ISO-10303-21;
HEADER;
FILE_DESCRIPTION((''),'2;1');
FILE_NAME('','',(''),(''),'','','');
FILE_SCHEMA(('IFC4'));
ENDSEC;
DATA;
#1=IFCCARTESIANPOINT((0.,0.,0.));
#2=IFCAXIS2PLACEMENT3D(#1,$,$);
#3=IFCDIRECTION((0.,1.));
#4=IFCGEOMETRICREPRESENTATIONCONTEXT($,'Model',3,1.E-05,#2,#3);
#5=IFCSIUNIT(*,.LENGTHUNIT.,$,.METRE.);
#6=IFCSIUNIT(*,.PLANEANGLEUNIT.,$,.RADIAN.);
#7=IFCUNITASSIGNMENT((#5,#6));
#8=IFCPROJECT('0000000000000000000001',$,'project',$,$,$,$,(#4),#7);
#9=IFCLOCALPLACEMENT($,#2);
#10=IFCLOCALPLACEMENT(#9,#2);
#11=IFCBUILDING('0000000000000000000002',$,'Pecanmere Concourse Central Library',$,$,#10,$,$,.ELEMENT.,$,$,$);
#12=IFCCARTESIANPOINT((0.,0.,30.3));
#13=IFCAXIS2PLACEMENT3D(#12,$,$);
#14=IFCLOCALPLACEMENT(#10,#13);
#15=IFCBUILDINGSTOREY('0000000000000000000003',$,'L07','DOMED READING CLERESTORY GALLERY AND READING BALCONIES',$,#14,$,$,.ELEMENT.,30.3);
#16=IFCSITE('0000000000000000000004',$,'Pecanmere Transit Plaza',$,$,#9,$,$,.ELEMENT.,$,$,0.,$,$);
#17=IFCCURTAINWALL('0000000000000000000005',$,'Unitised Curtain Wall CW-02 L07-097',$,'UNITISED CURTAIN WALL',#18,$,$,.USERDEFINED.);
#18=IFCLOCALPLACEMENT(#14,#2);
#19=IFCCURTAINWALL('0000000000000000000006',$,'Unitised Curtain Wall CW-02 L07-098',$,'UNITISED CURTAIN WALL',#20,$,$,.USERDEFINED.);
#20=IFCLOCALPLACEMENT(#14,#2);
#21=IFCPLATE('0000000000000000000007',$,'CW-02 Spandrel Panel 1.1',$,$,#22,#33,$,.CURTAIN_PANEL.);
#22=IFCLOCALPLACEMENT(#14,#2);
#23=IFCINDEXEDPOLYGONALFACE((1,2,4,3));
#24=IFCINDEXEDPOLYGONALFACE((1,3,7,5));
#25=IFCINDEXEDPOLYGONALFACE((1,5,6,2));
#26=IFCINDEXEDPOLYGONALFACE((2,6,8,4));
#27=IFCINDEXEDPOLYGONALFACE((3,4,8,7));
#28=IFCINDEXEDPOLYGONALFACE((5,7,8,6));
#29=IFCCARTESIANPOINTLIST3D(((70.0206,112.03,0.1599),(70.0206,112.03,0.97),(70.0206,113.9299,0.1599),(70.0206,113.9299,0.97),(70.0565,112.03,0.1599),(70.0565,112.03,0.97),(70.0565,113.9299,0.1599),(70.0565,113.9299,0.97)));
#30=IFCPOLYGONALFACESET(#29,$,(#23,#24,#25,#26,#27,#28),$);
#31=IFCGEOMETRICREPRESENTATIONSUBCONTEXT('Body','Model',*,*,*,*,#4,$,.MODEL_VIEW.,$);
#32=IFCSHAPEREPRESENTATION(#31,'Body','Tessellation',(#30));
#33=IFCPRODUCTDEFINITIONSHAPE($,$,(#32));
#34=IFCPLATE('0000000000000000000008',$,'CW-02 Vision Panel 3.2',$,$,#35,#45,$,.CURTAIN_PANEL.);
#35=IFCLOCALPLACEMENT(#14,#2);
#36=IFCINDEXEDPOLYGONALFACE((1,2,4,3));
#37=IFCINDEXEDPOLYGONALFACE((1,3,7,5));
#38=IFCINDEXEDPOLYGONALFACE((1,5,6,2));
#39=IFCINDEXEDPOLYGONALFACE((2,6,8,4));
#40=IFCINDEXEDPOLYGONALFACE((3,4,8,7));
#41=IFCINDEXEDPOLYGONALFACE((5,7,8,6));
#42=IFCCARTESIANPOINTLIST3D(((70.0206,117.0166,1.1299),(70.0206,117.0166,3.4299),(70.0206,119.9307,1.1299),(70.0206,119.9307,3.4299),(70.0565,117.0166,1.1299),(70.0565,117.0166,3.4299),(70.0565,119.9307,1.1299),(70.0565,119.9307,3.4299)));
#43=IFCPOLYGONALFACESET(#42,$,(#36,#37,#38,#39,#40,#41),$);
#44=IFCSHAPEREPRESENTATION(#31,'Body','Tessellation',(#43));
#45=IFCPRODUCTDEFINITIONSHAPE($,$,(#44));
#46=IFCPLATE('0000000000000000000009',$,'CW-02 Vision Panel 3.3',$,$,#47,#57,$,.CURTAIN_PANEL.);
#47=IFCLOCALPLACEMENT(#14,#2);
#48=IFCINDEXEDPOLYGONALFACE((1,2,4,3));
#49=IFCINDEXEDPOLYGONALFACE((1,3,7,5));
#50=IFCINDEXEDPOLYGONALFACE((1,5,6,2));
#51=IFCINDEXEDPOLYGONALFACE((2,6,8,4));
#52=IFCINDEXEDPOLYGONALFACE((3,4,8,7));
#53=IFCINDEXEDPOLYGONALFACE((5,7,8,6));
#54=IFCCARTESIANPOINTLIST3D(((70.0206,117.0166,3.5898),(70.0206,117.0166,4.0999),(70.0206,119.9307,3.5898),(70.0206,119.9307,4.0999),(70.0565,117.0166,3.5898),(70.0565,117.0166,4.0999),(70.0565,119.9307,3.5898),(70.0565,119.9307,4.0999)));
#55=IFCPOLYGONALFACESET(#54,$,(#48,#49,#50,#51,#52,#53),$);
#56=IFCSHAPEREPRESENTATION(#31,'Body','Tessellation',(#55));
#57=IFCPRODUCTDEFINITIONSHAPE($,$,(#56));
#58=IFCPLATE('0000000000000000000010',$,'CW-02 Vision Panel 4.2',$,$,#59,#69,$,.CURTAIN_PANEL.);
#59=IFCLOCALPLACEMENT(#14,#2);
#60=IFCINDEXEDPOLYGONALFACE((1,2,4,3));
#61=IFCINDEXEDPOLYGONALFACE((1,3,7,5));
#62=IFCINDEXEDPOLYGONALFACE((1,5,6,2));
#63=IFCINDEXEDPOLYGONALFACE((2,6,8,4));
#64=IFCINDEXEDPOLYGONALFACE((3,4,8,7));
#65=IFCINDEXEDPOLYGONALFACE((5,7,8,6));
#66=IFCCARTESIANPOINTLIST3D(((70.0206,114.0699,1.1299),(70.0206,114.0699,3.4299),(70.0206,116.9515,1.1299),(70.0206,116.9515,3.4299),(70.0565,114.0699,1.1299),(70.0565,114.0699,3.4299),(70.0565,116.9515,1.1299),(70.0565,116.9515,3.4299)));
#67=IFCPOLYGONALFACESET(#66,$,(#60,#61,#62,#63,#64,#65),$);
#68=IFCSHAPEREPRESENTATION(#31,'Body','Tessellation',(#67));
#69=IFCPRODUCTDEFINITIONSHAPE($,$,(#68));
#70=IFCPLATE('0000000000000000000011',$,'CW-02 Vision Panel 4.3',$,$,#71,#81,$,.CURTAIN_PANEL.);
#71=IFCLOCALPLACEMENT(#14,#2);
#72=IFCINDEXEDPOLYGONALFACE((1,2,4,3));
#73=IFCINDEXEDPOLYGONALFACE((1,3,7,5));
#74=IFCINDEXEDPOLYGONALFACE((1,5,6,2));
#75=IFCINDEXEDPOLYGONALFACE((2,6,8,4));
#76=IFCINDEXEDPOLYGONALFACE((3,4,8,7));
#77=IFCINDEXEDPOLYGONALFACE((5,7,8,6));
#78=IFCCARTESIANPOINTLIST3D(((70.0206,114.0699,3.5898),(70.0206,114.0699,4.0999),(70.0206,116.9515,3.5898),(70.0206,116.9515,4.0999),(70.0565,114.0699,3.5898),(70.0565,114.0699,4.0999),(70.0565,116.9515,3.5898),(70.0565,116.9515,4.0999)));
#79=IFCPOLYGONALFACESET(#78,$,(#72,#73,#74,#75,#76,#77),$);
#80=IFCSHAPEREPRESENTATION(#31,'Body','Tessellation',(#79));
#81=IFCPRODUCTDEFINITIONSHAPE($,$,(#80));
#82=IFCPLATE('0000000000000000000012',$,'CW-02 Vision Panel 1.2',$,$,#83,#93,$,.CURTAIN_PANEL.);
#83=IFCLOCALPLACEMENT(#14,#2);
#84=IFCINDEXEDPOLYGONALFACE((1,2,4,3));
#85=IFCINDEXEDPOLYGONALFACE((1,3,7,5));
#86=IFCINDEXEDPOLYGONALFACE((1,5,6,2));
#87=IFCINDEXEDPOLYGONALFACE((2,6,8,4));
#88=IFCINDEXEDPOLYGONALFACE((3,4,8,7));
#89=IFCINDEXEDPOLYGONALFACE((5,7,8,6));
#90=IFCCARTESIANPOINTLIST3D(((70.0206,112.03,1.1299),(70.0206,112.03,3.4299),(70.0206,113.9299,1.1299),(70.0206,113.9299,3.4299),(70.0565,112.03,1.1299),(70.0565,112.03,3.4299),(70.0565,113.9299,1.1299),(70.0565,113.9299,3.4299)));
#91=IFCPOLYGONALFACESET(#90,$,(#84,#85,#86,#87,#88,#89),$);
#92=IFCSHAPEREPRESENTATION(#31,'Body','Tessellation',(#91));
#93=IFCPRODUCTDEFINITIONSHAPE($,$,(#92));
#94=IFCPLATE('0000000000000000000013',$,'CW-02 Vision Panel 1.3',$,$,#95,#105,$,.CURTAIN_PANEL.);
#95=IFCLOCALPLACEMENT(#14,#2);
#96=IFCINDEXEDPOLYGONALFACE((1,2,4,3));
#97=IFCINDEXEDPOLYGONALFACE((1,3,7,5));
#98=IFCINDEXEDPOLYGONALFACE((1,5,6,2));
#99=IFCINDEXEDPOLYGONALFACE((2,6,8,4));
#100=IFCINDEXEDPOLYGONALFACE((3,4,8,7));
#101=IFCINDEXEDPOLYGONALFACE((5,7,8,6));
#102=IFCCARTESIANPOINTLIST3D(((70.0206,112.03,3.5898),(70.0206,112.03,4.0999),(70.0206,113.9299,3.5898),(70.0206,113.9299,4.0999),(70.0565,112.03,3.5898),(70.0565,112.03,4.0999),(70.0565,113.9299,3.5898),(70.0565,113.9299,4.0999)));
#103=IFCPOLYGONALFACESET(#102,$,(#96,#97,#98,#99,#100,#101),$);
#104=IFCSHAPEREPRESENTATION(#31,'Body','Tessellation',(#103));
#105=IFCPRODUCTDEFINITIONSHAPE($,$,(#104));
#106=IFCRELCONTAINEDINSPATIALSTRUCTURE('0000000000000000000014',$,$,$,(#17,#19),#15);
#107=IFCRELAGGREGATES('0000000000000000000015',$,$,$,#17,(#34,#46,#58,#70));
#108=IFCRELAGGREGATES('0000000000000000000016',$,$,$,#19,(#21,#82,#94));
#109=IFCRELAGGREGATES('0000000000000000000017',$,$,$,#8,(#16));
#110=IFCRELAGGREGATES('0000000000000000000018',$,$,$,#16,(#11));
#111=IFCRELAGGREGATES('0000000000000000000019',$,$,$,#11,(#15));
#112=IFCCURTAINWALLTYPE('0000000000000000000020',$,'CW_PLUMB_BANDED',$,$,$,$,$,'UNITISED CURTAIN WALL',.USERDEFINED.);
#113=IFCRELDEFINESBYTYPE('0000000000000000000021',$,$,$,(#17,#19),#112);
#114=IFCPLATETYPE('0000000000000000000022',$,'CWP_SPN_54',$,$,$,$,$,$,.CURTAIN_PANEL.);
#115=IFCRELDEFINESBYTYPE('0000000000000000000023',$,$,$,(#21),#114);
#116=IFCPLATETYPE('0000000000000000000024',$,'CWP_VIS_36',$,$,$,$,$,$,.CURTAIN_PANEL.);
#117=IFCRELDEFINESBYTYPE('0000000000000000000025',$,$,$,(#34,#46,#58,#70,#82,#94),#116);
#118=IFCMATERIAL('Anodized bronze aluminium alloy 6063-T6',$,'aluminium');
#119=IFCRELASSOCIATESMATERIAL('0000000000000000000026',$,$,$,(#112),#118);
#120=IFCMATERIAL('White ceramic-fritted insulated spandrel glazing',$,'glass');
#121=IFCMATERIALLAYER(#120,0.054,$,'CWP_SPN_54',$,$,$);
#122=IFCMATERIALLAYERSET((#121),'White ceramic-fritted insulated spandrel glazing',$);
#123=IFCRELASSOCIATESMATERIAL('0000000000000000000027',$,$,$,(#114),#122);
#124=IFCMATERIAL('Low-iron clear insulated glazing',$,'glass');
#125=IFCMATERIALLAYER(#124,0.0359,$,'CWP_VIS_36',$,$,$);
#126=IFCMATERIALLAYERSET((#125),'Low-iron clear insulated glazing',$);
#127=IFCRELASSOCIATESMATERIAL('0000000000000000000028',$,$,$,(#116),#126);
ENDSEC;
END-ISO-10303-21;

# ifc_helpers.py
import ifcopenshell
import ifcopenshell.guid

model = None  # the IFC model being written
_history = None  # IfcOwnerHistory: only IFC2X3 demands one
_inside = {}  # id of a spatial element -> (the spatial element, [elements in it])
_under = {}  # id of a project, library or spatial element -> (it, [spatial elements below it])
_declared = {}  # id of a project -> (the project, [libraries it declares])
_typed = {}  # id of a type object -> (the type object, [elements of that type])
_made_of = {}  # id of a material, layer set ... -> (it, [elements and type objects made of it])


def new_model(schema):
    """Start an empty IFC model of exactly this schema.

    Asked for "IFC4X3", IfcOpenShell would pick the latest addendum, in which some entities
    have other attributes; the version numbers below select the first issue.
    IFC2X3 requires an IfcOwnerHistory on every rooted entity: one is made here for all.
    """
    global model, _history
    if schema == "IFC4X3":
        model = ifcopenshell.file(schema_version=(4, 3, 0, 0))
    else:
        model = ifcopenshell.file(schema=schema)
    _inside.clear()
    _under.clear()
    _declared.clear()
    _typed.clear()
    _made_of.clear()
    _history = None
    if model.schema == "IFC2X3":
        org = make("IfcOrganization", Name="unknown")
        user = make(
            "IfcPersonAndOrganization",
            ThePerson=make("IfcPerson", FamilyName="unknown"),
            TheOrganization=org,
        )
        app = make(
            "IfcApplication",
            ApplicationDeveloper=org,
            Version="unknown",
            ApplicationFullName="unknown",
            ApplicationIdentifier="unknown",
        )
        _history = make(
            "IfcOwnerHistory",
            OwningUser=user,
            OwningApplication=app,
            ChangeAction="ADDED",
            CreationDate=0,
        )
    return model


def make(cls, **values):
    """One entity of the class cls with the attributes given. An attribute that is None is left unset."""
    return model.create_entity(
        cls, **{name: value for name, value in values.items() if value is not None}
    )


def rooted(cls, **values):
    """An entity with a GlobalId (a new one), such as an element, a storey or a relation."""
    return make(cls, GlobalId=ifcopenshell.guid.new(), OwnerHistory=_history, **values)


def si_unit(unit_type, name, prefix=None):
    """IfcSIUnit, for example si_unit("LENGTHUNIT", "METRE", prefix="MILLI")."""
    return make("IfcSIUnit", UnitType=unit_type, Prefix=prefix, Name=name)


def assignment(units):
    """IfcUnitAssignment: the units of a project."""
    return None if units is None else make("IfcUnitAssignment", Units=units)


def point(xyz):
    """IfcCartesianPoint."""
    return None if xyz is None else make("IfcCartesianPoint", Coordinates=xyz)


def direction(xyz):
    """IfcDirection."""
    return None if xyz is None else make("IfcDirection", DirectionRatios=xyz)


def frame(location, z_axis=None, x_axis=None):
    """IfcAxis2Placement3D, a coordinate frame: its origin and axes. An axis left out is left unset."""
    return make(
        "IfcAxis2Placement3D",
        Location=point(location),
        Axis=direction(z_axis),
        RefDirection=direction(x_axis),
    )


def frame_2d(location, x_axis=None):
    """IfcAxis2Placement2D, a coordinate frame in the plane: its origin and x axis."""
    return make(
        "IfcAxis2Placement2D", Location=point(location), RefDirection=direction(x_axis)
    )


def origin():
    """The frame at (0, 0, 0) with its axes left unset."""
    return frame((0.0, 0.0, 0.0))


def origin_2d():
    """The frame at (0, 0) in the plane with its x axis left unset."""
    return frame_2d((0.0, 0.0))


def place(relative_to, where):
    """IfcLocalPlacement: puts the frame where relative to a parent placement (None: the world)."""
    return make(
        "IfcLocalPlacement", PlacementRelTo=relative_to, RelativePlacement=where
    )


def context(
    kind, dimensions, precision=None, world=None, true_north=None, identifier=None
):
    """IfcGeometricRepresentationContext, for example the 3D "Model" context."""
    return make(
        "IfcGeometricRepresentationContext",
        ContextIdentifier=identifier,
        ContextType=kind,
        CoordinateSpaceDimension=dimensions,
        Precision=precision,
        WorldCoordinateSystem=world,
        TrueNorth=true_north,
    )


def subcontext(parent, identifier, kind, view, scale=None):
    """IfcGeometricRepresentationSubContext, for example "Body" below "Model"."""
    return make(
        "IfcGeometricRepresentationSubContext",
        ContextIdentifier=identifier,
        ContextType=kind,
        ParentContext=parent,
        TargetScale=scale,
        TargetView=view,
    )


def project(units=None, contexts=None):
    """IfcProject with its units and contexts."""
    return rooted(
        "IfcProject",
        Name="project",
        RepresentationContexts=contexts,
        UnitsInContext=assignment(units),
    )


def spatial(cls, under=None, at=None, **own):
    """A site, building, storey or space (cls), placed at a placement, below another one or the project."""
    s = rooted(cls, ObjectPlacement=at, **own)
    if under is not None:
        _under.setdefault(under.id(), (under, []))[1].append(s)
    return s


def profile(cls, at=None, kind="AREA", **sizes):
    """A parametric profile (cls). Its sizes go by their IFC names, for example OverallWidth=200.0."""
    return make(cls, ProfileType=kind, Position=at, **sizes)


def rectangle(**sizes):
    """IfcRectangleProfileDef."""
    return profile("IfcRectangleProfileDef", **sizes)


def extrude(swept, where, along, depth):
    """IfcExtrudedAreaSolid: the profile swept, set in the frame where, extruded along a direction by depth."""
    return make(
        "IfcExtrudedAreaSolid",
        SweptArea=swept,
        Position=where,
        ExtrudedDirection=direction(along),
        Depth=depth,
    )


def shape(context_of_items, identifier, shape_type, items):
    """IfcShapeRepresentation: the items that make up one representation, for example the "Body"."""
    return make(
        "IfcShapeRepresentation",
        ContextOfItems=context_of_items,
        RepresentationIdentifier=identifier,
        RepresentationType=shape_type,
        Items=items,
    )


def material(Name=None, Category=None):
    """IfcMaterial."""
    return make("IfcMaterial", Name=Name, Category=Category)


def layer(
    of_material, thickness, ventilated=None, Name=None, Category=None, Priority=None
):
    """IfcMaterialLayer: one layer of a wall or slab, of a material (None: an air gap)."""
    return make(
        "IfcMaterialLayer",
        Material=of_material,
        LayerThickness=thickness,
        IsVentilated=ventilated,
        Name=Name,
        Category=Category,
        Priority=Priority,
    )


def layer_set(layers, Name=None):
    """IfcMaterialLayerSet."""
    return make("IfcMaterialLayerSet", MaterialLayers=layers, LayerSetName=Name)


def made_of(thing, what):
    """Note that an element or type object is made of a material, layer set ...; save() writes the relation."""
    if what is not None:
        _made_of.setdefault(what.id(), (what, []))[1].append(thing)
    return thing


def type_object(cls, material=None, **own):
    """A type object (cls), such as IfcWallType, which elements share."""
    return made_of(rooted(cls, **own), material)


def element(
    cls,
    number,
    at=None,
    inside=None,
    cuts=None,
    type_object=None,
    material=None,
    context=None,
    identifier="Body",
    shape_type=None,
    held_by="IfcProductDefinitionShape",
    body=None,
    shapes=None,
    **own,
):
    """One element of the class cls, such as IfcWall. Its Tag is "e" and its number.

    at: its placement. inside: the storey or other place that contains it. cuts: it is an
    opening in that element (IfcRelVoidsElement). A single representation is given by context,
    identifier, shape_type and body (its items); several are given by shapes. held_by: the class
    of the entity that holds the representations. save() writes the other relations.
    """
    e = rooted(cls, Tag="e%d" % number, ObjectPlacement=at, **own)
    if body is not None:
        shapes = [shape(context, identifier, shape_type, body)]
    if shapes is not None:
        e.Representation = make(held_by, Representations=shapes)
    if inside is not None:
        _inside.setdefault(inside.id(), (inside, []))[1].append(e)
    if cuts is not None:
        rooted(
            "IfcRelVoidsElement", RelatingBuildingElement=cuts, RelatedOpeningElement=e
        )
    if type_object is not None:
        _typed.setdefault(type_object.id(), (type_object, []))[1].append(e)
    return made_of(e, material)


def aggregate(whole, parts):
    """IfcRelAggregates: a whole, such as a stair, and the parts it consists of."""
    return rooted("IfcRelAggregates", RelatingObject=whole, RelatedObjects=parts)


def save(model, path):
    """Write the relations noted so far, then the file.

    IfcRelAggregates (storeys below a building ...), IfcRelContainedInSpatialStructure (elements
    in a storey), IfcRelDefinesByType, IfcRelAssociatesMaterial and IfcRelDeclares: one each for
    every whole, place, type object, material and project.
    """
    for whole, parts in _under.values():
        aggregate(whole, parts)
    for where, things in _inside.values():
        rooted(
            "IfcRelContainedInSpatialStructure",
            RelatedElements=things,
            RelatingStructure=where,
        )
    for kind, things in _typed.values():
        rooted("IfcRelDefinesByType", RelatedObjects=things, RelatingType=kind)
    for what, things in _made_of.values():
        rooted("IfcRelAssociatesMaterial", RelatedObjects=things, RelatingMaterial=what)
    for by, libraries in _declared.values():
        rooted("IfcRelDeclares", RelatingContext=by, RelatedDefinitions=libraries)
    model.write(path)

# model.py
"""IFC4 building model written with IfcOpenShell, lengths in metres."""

from ifc_helpers import new_model, si_unit, direction, frame, origin, origin_2d, place, context, subcontext, project, spatial, rectangle, extrude, material, layer, layer_set, type_object, element, aggregate, save


model = new_model("IFC4")

# Units and contexts
model_context = context("Model", 3, precision=1e-05, world=origin(), true_north=direction((0.0, 1.0)))
body_context = subcontext(model_context, "Body", "Model", "MODEL_VIEW")
ifc_project = project(units=[si_unit("LENGTHUNIT", "METRE"), si_unit("PLANEANGLEUNIT", "RADIAN")], contexts=[model_context])

# Site, building, storey
site_placement = place(None, origin())
site = spatial("IfcSite", under=ifc_project, at=site_placement, Name="Pecanmere Transit Plaza", CompositionType="ELEMENT", RefElevation=0.0)
building_placement = place(site_placement, origin())
building = spatial("IfcBuilding", under=site, at=building_placement, Name="Pecanmere Concourse Central Library", CompositionType="ELEMENT")
storey_placement = place(building_placement, frame((0.0, 0.0, 30.3)))
storey = spatial("IfcBuildingStorey", under=building, at=storey_placement, Name="L07", Description="DOMED READING CLERESTORY GALLERY AND READING BALCONIES", CompositionType="ELEMENT", Elevation=30.3)

# Curtain wall
ifc_material_1 = material(Name="Anodized bronze aluminium alloy 6063-T6", Category="aluminium")
curtain_wall_type = type_object("IfcCurtainWallType", Name="CW_PLUMB_BANDED", ElementType="UNITISED CURTAIN WALL", PredefinedType="USERDEFINED", material=ifc_material_1)
curtain_wall_1_placement = place(storey_placement, origin())
curtain_wall_1 = element("IfcCurtainWall", 1, at=curtain_wall_1_placement, inside=storey, type_object=curtain_wall_type, Name="Unitised Curtain Wall CW-02 L07-097", ObjectType="UNITISED CURTAIN WALL", PredefinedType="USERDEFINED")

# Curtain wall
curtain_wall_2_placement = place(storey_placement, origin())
curtain_wall_2 = element("IfcCurtainWall", 2, at=curtain_wall_2_placement, inside=storey, type_object=curtain_wall_type, Name="Unitised Curtain Wall CW-02 L07-098", ObjectType="UNITISED CURTAIN WALL", PredefinedType="USERDEFINED")

# Plates
ifc_material_2 = material(Name="White ceramic-fritted insulated spandrel glazing", Category="glass")
ifc_layer_1 = layer(ifc_material_2, 0.054, Name="CWP_SPN_54")
ifc_layer_set_1 = layer_set([ifc_layer_1], Name="White ceramic-fritted insulated spandrel glazing")
plate_type_1 = type_object("IfcPlateType", Name="CWP_SPN_54", PredefinedType="CURTAIN_PANEL", material=ifc_layer_set_1)
plate_1_placement = place(storey_placement, frame((70.0386, 112.98, 0.1599), z_axis=(0.0, 0.0, 1.0), x_axis=(0.0, -1.0, 0.0)))
plate_1 = element("IfcPlate", 3, at=plate_1_placement, type_object=plate_type_1, Name="CW-02 Spandrel Panel 1.1", PredefinedType="CURTAIN_PANEL", context=body_context, shape_type="SweptSolid", body=[
    extrude(rectangle(XDim=1.8999, YDim=0.0359, at=origin_2d()), origin(), (0.0, 0.0, 1.0), 0.8101),
])
ifc_material_3 = material(Name="Low-iron clear insulated glazing", Category="glass")
ifc_layer_2 = layer(ifc_material_3, 0.0359, Name="CWP_VIS_36")
ifc_layer_set_2 = layer_set([ifc_layer_2], Name="Low-iron clear insulated glazing")
plate_type_2 = type_object("IfcPlateType", Name="CWP_VIS_36", PredefinedType="CURTAIN_PANEL", material=ifc_layer_set_2)
plate_2_placement = place(storey_placement, frame((70.0386, 118.4736, 1.1299), z_axis=(0.0, 0.0, 1.0), x_axis=(0.0, -1.0, 0.0)))
plate_2 = element("IfcPlate", 4, at=plate_2_placement, type_object=plate_type_2, Name="CW-02 Vision Panel 3.2", PredefinedType="CURTAIN_PANEL", context=body_context, shape_type="SweptSolid", body=[
    extrude(rectangle(XDim=2.9141, YDim=0.0359, at=origin_2d()), origin(), (0.0, 0.0, 1.0), 2.3),
])
plate_3_placement = place(storey_placement, frame((70.0386, 118.4736, 3.5898), z_axis=(0.0, 0.0, 1.0), x_axis=(0.0, -1.0, 0.0)))
plate_3 = element("IfcPlate", 5, at=plate_3_placement, type_object=plate_type_2, Name="CW-02 Vision Panel 3.3", PredefinedType="CURTAIN_PANEL", context=body_context, shape_type="SweptSolid", body=[
    extrude(rectangle(XDim=2.9141, YDim=0.0359, at=origin_2d()), origin(), (0.0, 0.0, 1.0), 0.51),
])
plate_4_placement = place(storey_placement, frame((70.0386, 115.5107, 1.1299), z_axis=(0.0, 0.0, 1.0), x_axis=(0.0, -1.0, 0.0)))
plate_4 = element("IfcPlate", 6, at=plate_4_placement, type_object=plate_type_2, Name="CW-02 Vision Panel 4.2", PredefinedType="CURTAIN_PANEL", context=body_context, shape_type="SweptSolid", body=[
    extrude(rectangle(XDim=2.8816, YDim=0.0359, at=origin_2d()), origin(), (0.0, 0.0, 1.0), 2.3),
])
plate_5_placement = place(storey_placement, frame((70.0386, 115.5107, 3.5898), z_axis=(0.0, 0.0, 1.0), x_axis=(0.0, -1.0, 0.0)))
plate_5 = element("IfcPlate", 7, at=plate_5_placement, type_object=plate_type_2, Name="CW-02 Vision Panel 4.3", PredefinedType="CURTAIN_PANEL", context=body_context, shape_type="SweptSolid", body=[
    extrude(rectangle(XDim=2.8816, YDim=0.0359, at=origin_2d()), origin(), (0.0, 0.0, 1.0), 0.51),
])
aggregate(curtain_wall_1, [plate_2, plate_3, plate_4, plate_5])
plate_6_placement = place(storey_placement, frame((70.0386, 112.98, 1.1299), z_axis=(0.0, 0.0, 1.0), x_axis=(0.0, -1.0, 0.0)))
plate_6 = element("IfcPlate", 8, at=plate_6_placement, type_object=plate_type_2, Name="CW-02 Vision Panel 1.2", PredefinedType="CURTAIN_PANEL", context=body_context, shape_type="SweptSolid", body=[
    extrude(rectangle(XDim=1.8999, YDim=0.0359, at=origin_2d()), origin(), (0.0, 0.0, 1.0), 2.3),
])
plate_7_placement = place(storey_placement, frame((70.0386, 112.98, 3.5898), z_axis=(0.0, 0.0, 1.0), x_axis=(0.0, -1.0, 0.0)))
plate_7 = element("IfcPlate", 9, at=plate_7_placement, type_object=plate_type_2, Name="CW-02 Vision Panel 1.3", PredefinedType="CURTAIN_PANEL", context=body_context, shape_type="SweptSolid", body=[
    extrude(rectangle(XDim=1.8999, YDim=0.0359, at=origin_2d()), origin(), (0.0, 0.0, 1.0), 0.51),
])
aggregate(curtain_wall_2, [plate_1, plate_6, plate_7])

save(model, "model.ifc")
